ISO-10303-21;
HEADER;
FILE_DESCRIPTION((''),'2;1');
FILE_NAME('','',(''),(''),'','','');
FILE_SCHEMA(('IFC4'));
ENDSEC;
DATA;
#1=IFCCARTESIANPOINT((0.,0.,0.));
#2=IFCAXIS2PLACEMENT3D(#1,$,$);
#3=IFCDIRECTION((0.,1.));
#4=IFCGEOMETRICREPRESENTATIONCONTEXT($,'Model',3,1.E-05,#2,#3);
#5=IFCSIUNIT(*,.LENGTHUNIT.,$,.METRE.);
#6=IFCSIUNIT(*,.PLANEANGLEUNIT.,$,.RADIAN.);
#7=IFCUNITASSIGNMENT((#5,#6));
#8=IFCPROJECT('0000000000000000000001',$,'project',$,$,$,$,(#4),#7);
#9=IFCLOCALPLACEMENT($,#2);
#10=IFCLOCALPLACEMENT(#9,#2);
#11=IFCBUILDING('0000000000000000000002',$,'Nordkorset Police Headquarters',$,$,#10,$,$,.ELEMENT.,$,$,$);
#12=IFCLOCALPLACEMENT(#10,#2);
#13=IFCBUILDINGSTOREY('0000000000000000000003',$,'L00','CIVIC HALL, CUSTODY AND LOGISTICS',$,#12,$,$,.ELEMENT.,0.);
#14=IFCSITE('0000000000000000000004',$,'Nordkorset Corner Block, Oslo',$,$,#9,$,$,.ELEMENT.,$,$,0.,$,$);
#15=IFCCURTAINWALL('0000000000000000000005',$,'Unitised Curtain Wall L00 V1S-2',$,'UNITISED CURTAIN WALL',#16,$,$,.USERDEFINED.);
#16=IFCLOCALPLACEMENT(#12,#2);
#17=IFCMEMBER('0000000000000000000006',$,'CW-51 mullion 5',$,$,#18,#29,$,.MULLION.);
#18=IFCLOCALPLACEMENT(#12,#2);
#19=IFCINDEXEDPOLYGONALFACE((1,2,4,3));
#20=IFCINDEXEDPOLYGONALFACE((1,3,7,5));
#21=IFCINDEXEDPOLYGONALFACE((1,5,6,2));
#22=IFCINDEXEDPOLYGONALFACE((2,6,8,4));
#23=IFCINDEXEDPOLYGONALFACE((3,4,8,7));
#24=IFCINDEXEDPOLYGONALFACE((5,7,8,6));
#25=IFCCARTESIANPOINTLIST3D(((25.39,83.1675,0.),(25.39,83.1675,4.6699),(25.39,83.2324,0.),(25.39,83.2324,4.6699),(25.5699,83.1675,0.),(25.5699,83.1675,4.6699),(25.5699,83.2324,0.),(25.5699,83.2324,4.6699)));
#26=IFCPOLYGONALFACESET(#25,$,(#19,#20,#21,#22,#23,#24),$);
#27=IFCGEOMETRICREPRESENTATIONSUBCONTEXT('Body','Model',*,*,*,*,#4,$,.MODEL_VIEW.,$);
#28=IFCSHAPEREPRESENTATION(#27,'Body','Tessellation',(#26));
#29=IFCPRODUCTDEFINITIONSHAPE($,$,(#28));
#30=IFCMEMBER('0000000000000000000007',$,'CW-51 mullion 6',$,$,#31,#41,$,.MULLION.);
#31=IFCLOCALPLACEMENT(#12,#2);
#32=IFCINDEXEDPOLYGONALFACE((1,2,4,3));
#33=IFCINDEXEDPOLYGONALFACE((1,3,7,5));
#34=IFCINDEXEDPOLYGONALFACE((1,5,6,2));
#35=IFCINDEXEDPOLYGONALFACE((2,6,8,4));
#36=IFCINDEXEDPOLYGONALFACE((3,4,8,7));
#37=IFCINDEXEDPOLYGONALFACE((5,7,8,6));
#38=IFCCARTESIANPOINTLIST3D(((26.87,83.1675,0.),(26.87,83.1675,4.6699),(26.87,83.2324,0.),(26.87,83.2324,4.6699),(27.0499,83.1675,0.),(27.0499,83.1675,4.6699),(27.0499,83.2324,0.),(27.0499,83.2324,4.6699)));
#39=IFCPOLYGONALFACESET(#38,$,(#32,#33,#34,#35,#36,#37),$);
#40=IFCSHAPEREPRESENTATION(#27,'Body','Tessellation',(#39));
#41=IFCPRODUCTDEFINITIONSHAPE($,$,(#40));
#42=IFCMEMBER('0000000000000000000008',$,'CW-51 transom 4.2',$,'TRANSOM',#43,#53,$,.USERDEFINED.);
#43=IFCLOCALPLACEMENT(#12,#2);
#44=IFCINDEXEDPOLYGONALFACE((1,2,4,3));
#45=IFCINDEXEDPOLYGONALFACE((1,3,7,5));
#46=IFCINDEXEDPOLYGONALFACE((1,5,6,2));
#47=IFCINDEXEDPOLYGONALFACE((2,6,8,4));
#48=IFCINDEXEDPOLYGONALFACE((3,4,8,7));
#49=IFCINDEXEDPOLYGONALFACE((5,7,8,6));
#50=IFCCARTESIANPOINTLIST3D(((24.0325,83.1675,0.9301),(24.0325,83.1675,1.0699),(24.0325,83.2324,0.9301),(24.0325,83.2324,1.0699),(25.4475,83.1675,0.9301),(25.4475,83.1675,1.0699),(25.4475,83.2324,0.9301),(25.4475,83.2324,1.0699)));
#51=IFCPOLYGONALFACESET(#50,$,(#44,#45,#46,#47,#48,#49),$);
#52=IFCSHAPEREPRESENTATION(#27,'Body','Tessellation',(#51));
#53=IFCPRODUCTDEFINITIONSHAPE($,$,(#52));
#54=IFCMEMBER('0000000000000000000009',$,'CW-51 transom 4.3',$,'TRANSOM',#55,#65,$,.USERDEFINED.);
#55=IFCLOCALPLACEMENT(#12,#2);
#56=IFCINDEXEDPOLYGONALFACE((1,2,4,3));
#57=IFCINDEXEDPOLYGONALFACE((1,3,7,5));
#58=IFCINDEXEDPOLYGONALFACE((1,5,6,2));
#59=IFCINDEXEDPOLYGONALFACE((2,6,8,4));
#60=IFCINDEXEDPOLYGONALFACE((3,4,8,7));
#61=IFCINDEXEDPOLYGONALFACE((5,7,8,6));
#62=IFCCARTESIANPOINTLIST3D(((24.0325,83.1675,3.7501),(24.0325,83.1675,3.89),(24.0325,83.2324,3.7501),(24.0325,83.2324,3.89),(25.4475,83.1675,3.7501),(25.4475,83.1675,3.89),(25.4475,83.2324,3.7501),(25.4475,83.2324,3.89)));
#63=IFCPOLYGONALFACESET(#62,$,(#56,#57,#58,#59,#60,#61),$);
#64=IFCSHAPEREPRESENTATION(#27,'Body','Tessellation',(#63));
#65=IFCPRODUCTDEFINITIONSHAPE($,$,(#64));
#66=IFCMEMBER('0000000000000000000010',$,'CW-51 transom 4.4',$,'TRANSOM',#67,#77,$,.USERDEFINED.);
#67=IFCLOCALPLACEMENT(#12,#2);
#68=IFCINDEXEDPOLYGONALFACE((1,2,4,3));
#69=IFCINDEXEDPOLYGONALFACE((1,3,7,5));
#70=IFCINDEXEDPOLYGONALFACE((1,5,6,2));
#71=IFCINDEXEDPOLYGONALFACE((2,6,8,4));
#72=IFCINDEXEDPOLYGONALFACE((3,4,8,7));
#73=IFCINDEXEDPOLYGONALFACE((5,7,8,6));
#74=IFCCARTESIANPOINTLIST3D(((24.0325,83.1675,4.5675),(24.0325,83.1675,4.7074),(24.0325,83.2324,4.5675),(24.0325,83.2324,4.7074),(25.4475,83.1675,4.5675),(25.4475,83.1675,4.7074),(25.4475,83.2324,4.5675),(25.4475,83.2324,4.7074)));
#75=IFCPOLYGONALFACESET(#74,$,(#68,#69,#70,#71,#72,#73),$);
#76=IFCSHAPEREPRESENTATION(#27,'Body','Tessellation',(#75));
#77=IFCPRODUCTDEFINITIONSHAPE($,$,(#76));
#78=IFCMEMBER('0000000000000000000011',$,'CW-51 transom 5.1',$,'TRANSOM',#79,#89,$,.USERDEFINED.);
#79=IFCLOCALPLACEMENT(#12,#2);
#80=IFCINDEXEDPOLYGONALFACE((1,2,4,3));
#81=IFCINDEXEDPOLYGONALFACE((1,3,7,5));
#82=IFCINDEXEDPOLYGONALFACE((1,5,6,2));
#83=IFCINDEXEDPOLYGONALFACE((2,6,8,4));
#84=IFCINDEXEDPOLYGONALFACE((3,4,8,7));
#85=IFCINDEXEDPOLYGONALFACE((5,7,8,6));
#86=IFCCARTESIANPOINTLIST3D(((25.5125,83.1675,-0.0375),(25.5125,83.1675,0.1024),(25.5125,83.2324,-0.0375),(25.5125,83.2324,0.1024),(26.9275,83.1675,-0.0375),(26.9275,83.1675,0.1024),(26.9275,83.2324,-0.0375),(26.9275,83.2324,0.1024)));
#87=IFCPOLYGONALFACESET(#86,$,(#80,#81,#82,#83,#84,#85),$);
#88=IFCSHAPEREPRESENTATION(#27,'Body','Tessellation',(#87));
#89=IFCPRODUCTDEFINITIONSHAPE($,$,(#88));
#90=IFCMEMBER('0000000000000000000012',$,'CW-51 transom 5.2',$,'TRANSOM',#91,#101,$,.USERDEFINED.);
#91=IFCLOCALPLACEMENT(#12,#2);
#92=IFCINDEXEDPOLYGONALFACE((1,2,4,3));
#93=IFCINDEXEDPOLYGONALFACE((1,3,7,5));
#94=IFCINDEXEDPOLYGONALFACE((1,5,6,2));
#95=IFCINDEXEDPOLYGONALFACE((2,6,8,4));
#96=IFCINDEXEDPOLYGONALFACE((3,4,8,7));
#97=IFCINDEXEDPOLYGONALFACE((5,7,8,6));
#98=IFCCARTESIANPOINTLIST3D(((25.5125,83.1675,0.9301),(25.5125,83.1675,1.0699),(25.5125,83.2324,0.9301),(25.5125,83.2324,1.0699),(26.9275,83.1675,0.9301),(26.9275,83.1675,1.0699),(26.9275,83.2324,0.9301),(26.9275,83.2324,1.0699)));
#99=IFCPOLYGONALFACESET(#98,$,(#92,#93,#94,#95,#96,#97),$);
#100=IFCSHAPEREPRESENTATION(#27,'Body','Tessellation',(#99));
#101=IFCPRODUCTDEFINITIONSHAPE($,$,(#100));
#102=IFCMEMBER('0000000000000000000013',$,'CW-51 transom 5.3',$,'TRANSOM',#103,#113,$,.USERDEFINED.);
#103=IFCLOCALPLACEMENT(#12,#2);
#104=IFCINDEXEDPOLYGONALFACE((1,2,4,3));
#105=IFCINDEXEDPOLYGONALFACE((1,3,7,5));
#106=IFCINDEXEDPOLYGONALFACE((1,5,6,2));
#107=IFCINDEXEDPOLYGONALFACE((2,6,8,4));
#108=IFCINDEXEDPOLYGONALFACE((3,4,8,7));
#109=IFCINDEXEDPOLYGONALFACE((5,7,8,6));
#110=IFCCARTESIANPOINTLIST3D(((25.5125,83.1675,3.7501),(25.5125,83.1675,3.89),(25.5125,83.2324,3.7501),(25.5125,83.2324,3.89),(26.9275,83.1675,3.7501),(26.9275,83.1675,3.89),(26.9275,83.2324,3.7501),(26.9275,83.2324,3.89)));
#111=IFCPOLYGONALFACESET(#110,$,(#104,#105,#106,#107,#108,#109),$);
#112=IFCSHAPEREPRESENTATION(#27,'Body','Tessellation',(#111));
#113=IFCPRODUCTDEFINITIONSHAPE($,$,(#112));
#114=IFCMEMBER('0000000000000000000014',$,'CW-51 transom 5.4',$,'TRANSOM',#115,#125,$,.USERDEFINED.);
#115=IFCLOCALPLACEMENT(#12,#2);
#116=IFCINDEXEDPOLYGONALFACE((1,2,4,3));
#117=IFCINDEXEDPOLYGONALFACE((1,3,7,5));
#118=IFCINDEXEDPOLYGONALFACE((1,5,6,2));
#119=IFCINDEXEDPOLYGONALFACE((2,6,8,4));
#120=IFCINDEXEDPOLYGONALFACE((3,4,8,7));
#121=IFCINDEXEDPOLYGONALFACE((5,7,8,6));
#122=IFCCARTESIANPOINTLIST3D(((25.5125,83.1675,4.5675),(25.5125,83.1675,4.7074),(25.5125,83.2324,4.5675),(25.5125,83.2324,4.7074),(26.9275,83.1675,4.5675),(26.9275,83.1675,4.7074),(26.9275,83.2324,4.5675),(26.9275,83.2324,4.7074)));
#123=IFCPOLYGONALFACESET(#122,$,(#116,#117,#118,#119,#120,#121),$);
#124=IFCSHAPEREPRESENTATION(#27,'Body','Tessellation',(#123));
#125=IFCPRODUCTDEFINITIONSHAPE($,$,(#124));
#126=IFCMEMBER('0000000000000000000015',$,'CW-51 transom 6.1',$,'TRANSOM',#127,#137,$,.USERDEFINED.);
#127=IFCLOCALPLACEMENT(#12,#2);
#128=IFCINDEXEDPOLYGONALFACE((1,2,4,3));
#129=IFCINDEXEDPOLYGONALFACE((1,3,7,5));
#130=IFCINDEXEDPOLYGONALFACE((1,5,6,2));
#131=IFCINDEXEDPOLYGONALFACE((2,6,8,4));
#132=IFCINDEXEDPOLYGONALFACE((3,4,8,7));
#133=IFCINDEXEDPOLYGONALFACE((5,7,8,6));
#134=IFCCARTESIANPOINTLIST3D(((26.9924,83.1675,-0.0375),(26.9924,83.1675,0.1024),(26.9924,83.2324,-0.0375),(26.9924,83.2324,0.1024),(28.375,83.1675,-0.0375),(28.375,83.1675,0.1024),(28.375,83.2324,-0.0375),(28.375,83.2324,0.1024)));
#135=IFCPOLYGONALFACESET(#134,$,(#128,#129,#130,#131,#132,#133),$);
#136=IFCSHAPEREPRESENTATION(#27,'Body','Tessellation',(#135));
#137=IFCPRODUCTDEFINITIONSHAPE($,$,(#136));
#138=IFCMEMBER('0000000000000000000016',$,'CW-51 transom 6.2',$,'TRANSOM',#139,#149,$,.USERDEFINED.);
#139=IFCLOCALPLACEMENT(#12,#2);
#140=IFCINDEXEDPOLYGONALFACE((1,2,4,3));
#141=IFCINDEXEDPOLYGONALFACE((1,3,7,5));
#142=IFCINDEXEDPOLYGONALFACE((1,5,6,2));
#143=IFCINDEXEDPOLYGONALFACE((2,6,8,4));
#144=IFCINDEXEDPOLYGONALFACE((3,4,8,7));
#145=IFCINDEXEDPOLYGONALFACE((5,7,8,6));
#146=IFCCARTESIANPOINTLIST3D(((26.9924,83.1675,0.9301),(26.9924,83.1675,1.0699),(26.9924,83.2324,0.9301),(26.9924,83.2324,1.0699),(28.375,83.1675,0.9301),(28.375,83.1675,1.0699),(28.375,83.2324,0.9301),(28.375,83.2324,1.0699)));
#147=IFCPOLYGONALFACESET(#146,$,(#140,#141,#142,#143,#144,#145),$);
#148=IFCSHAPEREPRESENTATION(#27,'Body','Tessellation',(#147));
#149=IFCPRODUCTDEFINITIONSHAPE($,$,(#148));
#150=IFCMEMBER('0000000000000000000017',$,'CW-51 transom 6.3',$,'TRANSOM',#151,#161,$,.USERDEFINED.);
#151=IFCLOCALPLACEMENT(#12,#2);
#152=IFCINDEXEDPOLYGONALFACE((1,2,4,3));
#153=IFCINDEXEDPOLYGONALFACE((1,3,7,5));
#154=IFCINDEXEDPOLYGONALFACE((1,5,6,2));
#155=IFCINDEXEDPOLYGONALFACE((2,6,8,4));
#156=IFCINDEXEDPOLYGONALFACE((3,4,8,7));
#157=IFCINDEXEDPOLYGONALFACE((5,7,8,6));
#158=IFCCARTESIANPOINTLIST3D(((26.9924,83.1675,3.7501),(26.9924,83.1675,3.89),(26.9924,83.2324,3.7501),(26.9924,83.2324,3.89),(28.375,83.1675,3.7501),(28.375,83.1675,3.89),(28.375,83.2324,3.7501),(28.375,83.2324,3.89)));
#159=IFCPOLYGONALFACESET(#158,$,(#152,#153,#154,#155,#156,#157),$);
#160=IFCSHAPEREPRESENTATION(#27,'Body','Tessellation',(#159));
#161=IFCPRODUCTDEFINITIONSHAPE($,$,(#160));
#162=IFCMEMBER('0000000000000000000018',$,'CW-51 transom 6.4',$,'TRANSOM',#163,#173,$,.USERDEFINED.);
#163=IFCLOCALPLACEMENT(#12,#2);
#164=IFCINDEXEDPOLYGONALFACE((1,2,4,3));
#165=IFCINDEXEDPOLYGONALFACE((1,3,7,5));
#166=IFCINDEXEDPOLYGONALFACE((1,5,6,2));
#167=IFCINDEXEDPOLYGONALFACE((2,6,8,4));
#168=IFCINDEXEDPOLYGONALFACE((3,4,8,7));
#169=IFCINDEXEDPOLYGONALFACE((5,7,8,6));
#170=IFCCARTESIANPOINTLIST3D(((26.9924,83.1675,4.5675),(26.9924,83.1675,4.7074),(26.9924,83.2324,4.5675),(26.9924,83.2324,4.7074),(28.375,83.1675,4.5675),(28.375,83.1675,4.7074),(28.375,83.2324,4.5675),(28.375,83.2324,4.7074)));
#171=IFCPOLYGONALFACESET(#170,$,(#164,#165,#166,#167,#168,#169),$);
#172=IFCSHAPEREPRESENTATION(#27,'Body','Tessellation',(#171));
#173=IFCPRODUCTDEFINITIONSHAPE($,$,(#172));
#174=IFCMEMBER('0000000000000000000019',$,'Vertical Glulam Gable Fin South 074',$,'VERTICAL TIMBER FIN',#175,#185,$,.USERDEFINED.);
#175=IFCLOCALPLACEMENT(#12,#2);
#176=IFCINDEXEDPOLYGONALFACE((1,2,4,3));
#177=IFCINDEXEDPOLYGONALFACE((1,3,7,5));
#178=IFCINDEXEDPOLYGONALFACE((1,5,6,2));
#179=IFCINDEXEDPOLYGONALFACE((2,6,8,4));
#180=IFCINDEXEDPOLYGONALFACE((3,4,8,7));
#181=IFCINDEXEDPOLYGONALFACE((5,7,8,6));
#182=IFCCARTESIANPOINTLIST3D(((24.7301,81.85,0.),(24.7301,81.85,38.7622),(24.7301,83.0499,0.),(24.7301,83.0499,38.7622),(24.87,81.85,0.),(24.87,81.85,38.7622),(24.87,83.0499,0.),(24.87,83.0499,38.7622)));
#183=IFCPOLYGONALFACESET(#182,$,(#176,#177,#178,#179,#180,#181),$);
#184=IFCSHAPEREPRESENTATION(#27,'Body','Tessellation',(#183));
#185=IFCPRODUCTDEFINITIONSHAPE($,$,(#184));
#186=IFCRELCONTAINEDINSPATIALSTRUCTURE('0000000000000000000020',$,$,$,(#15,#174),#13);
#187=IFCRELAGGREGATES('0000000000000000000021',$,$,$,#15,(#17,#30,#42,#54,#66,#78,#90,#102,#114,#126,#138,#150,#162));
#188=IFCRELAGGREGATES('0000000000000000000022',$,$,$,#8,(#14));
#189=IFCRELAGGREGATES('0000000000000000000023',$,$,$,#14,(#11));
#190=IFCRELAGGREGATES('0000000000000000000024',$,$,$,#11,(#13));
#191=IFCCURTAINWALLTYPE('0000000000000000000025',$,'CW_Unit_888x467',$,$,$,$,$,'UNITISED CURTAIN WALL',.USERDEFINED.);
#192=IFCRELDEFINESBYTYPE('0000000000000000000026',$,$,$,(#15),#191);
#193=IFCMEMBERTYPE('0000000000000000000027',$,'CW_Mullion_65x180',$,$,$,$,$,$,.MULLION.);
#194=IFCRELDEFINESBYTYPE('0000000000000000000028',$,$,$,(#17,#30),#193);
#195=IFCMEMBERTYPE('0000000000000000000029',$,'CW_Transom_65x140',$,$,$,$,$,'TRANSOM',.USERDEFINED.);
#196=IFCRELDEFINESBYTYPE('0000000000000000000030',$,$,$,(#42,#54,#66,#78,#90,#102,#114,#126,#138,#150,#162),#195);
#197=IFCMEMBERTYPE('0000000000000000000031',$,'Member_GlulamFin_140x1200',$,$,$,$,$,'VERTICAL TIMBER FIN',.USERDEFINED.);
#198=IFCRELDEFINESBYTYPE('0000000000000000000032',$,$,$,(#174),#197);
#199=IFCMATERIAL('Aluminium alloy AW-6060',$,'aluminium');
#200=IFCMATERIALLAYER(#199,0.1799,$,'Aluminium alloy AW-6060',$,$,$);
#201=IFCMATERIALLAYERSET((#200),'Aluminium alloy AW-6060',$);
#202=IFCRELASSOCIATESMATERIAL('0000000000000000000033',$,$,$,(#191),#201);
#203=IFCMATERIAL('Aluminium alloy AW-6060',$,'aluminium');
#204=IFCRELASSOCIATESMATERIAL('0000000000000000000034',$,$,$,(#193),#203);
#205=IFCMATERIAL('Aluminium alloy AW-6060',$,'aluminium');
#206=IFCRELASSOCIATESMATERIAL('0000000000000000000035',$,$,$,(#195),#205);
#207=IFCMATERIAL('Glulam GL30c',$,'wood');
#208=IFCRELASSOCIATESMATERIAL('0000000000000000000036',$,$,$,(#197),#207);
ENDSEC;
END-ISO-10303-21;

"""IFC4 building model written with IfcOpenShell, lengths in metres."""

from ifc_helpers import new_model, si_unit, direction, frame, origin, origin_2d, place, context, subcontext, project, spatial, rectangle, extrude, material, layer, layer_set, material_profile, profile_set, type_object, element, aggregate, save


model = new_model("IFC4")

# Units and contexts
model_context = context("Model", 3, precision=1e-05, world=origin(), true_north=direction((0.0, 1.0)))
body_context = subcontext(model_context, "Body", "Model", "MODEL_VIEW")
ifc_project = project(units=[si_unit("LENGTHUNIT", "METRE"), si_unit("PLANEANGLEUNIT", "RADIAN")], contexts=[model_context])

# Site, building, storey
site_placement = place(None, origin())
site = spatial("IfcSite", under=ifc_project, at=site_placement, Name="Nordkorset Corner Block, Oslo", CompositionType="ELEMENT", RefElevation=0.0)
building_placement = place(site_placement, origin())
building = spatial("IfcBuilding", under=site, at=building_placement, Name="Nordkorset Police Headquarters", CompositionType="ELEMENT")
storey_placement = place(building_placement, origin())
storey = spatial("IfcBuildingStorey", under=building, at=storey_placement, Name="L00", Description="CIVIC HALL, CUSTODY AND LOGISTICS", CompositionType="ELEMENT", Elevation=0.0)

# Curtain wall, members
ifc_material_1 = material(Name="Aluminium alloy AW-6060", Category="aluminium")
ifc_layer_1 = layer(ifc_material_1, 0.1799, Name="Aluminium alloy AW-6060")
ifc_layer_set_1 = layer_set([ifc_layer_1], Name="Aluminium alloy AW-6060")
curtain_wall_type = type_object("IfcCurtainWallType", Name="CW_Unit_888x467", ElementType="UNITISED CURTAIN WALL", PredefinedType="USERDEFINED", material=ifc_layer_set_1)
curtain_wall_placement = place(storey_placement, origin())
curtain_wall = element("IfcCurtainWall", 1, at=curtain_wall_placement, inside=storey, type_object=curtain_wall_type, Name="Unitised Curtain Wall L00 V1S-2", ObjectType="UNITISED CURTAIN WALL", PredefinedType="USERDEFINED")
ifc_material_2 = material(Name="Aluminium alloy AW-6060", Category="aluminium")
ifc_material_profile_1 = material_profile(ifc_material_2, rectangle(XDim=0.0649, YDim=0.1799, at=origin_2d()), Name="ALU MULL 65x180")
ifc_profile_set_1 = profile_set([ifc_material_profile_1], Name="Aluminium alloy AW-6060")
member_type_1 = type_object("IfcMemberType", Name="CW_Mullion_65x180", PredefinedType="MULLION", material=ifc_profile_set_1)
member_1_placement = place(storey_placement, frame((25.48, 83.2, 0.0), z_axis=(0.0, 0.0, 1.0), x_axis=(0.0, 1.0, 0.0)))
member_1 = element("IfcMember", 2, at=member_1_placement, type_object=member_type_1, Name="CW-51 mullion 5", PredefinedType="MULLION", context=body_context, shape_type="SweptSolid", body=[
    extrude(rectangle(XDim=0.0649, YDim=0.1799, at=origin_2d()), origin(), (0.0, 0.0, 1.0), 4.6699),
])
member_2_placement = place(storey_placement, frame((26.96, 83.2, 0.0), z_axis=(0.0, 0.0, 1.0), x_axis=(0.0, 1.0, 0.0)))
member_2 = element("IfcMember", 3, at=member_2_placement, type_object=member_type_1, Name="CW-51 mullion 6", PredefinedType="MULLION", context=body_context, shape_type="SweptSolid", body=[
    extrude(rectangle(XDim=0.0649, YDim=0.1799, at=origin_2d()), origin(), (0.0, 0.0, 1.0), 4.6699),
])
ifc_material_3 = material(Name="Aluminium alloy AW-6060", Category="aluminium")
ifc_material_profile_2 = material_profile(ifc_material_3, rectangle(XDim=0.0649, YDim=0.1399, at=origin_2d()), Name="ALU TRAN 65x140")
ifc_profile_set_2 = profile_set([ifc_material_profile_2], Name="Aluminium alloy AW-6060")
member_type_2 = type_object("IfcMemberType", Name="CW_Transom_65x140", ElementType="TRANSOM", PredefinedType="USERDEFINED", material=ifc_profile_set_2)
member_3_placement = place(storey_placement, frame((24.0325, 83.2, 1.0), z_axis=(1.0, 0.0, 0.0), x_axis=(0.0, 1.0, 0.0)))
member_3 = element("IfcMember", 4, at=member_3_placement, type_object=member_type_2, Name="CW-51 transom 4.2", ObjectType="TRANSOM", PredefinedType="USERDEFINED", context=body_context, shape_type="SweptSolid", body=[
    extrude(rectangle(XDim=0.0649, YDim=0.1399, at=origin_2d()), origin(), (0.0, 0.0, 1.0), 1.415),
])
member_4_placement = place(storey_placement, frame((24.0325, 83.2, 3.8201), z_axis=(1.0, 0.0, 0.0), x_axis=(0.0, 1.0, 0.0)))
member_4 = element("IfcMember", 5, at=member_4_placement, type_object=member_type_2, Name="CW-51 transom 4.3", ObjectType="TRANSOM", PredefinedType="USERDEFINED", context=body_context, shape_type="SweptSolid", body=[
    extrude(rectangle(XDim=0.0649, YDim=0.1399, at=origin_2d()), origin(), (0.0, 0.0, 1.0), 1.415),
])
member_5_placement = place(storey_placement, frame((24.0325, 83.2, 4.6375), z_axis=(1.0, 0.0, 0.0), x_axis=(0.0, 1.0, 0.0)))
member_5 = element("IfcMember", 6, at=member_5_placement, type_object=member_type_2, Name="CW-51 transom 4.4", ObjectType="TRANSOM", PredefinedType="USERDEFINED", context=body_context, shape_type="SweptSolid", body=[
    extrude(rectangle(XDim=0.0649, YDim=0.1399, at=origin_2d()), origin(), (0.0, 0.0, 1.0), 1.415),
])
member_6_placement = place(storey_placement, frame((25.5125, 83.2, 0.0325), z_axis=(1.0, 0.0, 0.0), x_axis=(0.0, 1.0, 0.0)))
member_6 = element("IfcMember", 7, at=member_6_placement, type_object=member_type_2, Name="CW-51 transom 5.1", ObjectType="TRANSOM", PredefinedType="USERDEFINED", context=body_context, shape_type="SweptSolid", body=[
    extrude(rectangle(XDim=0.0649, YDim=0.1399, at=origin_2d()), origin(), (0.0, 0.0, 1.0), 1.415),
])
member_7_placement = place(storey_placement, frame((25.5125, 83.2, 1.0), z_axis=(1.0, 0.0, 0.0), x_axis=(0.0, 1.0, 0.0)))
member_7 = element("IfcMember", 8, at=member_7_placement, type_object=member_type_2, Name="CW-51 transom 5.2", ObjectType="TRANSOM", PredefinedType="USERDEFINED", context=body_context, shape_type="SweptSolid", body=[
    extrude(rectangle(XDim=0.0649, YDim=0.1399, at=origin_2d()), origin(), (0.0, 0.0, 1.0), 1.415),
])
member_8_placement = place(storey_placement, frame((25.5125, 83.2, 3.8201), z_axis=(1.0, 0.0, 0.0), x_axis=(0.0, 1.0, 0.0)))
member_8 = element("IfcMember", 9, at=member_8_placement, type_object=member_type_2, Name="CW-51 transom 5.3", ObjectType="TRANSOM", PredefinedType="USERDEFINED", context=body_context, shape_type="SweptSolid", body=[
    extrude(rectangle(XDim=0.0649, YDim=0.1399, at=origin_2d()), origin(), (0.0, 0.0, 1.0), 1.415),
])
member_9_placement = place(storey_placement, frame((25.5125, 83.2, 4.6375), z_axis=(1.0, 0.0, 0.0), x_axis=(0.0, 1.0, 0.0)))
member_9 = element("IfcMember", 10, at=member_9_placement, type_object=member_type_2, Name="CW-51 transom 5.4", ObjectType="TRANSOM", PredefinedType="USERDEFINED", context=body_context, shape_type="SweptSolid", body=[
    extrude(rectangle(XDim=0.0649, YDim=0.1399, at=origin_2d()), origin(), (0.0, 0.0, 1.0), 1.415),
])
member_10_placement = place(storey_placement, frame((26.9924, 83.2, 0.0325), z_axis=(1.0, 0.0, 0.0), x_axis=(0.0, 1.0, 0.0)))
member_10 = element("IfcMember", 11, at=member_10_placement, type_object=member_type_2, Name="CW-51 transom 6.1", ObjectType="TRANSOM", PredefinedType="USERDEFINED", context=body_context, shape_type="SweptSolid", body=[
    extrude(rectangle(XDim=0.0649, YDim=0.1399, at=origin_2d()), origin(), (0.0, 0.0, 1.0), 1.3826),
])
member_11_placement = place(storey_placement, frame((26.9924, 83.2, 1.0), z_axis=(1.0, 0.0, 0.0), x_axis=(0.0, 1.0, 0.0)))
member_11 = element("IfcMember", 12, at=member_11_placement, type_object=member_type_2, Name="CW-51 transom 6.2", ObjectType="TRANSOM", PredefinedType="USERDEFINED", context=body_context, shape_type="SweptSolid", body=[
    extrude(rectangle(XDim=0.0649, YDim=0.1399, at=origin_2d()), origin(), (0.0, 0.0, 1.0), 1.3826),
])
member_12_placement = place(storey_placement, frame((26.9924, 83.2, 3.8201), z_axis=(1.0, 0.0, 0.0), x_axis=(0.0, 1.0, 0.0)))
member_12 = element("IfcMember", 13, at=member_12_placement, type_object=member_type_2, Name="CW-51 transom 6.3", ObjectType="TRANSOM", PredefinedType="USERDEFINED", context=body_context, shape_type="SweptSolid", body=[
    extrude(rectangle(XDim=0.0649, YDim=0.1399, at=origin_2d()), origin(), (0.0, 0.0, 1.0), 1.3826),
])
member_13_placement = place(storey_placement, frame((26.9924, 83.2, 4.6375), z_axis=(1.0, 0.0, 0.0), x_axis=(0.0, 1.0, 0.0)))
member_13 = element("IfcMember", 14, at=member_13_placement, type_object=member_type_2, Name="CW-51 transom 6.4", ObjectType="TRANSOM", PredefinedType="USERDEFINED", context=body_context, shape_type="SweptSolid", body=[
    extrude(rectangle(XDim=0.0649, YDim=0.1399, at=origin_2d()), origin(), (0.0, 0.0, 1.0), 1.3826),
])

# Member
ifc_material_4 = material(Name="Glulam GL30c", Category="wood")
ifc_material_profile_3 = material_profile(ifc_material_4, rectangle(XDim=0.1399, YDim=1.2, at=origin_2d()), Name="GL30C FIN 140x1200")
ifc_profile_set_3 = profile_set([ifc_material_profile_3], Name="Glulam GL30c")
member_type_3 = type_object("IfcMemberType", Name="Member_GlulamFin_140x1200", ElementType="VERTICAL TIMBER FIN", PredefinedType="USERDEFINED", material=ifc_profile_set_3)
member_14_placement = place(storey_placement, frame((24.8, 82.45, 0.0), z_axis=(0.0, 0.0, 1.0), x_axis=(1.0, 0.0, 0.0)))
element("IfcMember", 15, at=member_14_placement, inside=storey, type_object=member_type_3, Name="Vertical Glulam Gable Fin South 074", ObjectType="VERTICAL TIMBER FIN", PredefinedType="USERDEFINED", context=body_context, shape_type="SweptSolid", body=[
    extrude(rectangle(XDim=0.1399, YDim=1.2, at=origin_2d()), origin(), (0.0, 0.0, 1.0), 38.7622),
])

aggregate(curtain_wall, [member_1, member_2, member_3, member_4, member_5, member_6, member_7, member_8, member_9, member_10, member_11, member_12, member_13])

save(model, "model.ifc")
